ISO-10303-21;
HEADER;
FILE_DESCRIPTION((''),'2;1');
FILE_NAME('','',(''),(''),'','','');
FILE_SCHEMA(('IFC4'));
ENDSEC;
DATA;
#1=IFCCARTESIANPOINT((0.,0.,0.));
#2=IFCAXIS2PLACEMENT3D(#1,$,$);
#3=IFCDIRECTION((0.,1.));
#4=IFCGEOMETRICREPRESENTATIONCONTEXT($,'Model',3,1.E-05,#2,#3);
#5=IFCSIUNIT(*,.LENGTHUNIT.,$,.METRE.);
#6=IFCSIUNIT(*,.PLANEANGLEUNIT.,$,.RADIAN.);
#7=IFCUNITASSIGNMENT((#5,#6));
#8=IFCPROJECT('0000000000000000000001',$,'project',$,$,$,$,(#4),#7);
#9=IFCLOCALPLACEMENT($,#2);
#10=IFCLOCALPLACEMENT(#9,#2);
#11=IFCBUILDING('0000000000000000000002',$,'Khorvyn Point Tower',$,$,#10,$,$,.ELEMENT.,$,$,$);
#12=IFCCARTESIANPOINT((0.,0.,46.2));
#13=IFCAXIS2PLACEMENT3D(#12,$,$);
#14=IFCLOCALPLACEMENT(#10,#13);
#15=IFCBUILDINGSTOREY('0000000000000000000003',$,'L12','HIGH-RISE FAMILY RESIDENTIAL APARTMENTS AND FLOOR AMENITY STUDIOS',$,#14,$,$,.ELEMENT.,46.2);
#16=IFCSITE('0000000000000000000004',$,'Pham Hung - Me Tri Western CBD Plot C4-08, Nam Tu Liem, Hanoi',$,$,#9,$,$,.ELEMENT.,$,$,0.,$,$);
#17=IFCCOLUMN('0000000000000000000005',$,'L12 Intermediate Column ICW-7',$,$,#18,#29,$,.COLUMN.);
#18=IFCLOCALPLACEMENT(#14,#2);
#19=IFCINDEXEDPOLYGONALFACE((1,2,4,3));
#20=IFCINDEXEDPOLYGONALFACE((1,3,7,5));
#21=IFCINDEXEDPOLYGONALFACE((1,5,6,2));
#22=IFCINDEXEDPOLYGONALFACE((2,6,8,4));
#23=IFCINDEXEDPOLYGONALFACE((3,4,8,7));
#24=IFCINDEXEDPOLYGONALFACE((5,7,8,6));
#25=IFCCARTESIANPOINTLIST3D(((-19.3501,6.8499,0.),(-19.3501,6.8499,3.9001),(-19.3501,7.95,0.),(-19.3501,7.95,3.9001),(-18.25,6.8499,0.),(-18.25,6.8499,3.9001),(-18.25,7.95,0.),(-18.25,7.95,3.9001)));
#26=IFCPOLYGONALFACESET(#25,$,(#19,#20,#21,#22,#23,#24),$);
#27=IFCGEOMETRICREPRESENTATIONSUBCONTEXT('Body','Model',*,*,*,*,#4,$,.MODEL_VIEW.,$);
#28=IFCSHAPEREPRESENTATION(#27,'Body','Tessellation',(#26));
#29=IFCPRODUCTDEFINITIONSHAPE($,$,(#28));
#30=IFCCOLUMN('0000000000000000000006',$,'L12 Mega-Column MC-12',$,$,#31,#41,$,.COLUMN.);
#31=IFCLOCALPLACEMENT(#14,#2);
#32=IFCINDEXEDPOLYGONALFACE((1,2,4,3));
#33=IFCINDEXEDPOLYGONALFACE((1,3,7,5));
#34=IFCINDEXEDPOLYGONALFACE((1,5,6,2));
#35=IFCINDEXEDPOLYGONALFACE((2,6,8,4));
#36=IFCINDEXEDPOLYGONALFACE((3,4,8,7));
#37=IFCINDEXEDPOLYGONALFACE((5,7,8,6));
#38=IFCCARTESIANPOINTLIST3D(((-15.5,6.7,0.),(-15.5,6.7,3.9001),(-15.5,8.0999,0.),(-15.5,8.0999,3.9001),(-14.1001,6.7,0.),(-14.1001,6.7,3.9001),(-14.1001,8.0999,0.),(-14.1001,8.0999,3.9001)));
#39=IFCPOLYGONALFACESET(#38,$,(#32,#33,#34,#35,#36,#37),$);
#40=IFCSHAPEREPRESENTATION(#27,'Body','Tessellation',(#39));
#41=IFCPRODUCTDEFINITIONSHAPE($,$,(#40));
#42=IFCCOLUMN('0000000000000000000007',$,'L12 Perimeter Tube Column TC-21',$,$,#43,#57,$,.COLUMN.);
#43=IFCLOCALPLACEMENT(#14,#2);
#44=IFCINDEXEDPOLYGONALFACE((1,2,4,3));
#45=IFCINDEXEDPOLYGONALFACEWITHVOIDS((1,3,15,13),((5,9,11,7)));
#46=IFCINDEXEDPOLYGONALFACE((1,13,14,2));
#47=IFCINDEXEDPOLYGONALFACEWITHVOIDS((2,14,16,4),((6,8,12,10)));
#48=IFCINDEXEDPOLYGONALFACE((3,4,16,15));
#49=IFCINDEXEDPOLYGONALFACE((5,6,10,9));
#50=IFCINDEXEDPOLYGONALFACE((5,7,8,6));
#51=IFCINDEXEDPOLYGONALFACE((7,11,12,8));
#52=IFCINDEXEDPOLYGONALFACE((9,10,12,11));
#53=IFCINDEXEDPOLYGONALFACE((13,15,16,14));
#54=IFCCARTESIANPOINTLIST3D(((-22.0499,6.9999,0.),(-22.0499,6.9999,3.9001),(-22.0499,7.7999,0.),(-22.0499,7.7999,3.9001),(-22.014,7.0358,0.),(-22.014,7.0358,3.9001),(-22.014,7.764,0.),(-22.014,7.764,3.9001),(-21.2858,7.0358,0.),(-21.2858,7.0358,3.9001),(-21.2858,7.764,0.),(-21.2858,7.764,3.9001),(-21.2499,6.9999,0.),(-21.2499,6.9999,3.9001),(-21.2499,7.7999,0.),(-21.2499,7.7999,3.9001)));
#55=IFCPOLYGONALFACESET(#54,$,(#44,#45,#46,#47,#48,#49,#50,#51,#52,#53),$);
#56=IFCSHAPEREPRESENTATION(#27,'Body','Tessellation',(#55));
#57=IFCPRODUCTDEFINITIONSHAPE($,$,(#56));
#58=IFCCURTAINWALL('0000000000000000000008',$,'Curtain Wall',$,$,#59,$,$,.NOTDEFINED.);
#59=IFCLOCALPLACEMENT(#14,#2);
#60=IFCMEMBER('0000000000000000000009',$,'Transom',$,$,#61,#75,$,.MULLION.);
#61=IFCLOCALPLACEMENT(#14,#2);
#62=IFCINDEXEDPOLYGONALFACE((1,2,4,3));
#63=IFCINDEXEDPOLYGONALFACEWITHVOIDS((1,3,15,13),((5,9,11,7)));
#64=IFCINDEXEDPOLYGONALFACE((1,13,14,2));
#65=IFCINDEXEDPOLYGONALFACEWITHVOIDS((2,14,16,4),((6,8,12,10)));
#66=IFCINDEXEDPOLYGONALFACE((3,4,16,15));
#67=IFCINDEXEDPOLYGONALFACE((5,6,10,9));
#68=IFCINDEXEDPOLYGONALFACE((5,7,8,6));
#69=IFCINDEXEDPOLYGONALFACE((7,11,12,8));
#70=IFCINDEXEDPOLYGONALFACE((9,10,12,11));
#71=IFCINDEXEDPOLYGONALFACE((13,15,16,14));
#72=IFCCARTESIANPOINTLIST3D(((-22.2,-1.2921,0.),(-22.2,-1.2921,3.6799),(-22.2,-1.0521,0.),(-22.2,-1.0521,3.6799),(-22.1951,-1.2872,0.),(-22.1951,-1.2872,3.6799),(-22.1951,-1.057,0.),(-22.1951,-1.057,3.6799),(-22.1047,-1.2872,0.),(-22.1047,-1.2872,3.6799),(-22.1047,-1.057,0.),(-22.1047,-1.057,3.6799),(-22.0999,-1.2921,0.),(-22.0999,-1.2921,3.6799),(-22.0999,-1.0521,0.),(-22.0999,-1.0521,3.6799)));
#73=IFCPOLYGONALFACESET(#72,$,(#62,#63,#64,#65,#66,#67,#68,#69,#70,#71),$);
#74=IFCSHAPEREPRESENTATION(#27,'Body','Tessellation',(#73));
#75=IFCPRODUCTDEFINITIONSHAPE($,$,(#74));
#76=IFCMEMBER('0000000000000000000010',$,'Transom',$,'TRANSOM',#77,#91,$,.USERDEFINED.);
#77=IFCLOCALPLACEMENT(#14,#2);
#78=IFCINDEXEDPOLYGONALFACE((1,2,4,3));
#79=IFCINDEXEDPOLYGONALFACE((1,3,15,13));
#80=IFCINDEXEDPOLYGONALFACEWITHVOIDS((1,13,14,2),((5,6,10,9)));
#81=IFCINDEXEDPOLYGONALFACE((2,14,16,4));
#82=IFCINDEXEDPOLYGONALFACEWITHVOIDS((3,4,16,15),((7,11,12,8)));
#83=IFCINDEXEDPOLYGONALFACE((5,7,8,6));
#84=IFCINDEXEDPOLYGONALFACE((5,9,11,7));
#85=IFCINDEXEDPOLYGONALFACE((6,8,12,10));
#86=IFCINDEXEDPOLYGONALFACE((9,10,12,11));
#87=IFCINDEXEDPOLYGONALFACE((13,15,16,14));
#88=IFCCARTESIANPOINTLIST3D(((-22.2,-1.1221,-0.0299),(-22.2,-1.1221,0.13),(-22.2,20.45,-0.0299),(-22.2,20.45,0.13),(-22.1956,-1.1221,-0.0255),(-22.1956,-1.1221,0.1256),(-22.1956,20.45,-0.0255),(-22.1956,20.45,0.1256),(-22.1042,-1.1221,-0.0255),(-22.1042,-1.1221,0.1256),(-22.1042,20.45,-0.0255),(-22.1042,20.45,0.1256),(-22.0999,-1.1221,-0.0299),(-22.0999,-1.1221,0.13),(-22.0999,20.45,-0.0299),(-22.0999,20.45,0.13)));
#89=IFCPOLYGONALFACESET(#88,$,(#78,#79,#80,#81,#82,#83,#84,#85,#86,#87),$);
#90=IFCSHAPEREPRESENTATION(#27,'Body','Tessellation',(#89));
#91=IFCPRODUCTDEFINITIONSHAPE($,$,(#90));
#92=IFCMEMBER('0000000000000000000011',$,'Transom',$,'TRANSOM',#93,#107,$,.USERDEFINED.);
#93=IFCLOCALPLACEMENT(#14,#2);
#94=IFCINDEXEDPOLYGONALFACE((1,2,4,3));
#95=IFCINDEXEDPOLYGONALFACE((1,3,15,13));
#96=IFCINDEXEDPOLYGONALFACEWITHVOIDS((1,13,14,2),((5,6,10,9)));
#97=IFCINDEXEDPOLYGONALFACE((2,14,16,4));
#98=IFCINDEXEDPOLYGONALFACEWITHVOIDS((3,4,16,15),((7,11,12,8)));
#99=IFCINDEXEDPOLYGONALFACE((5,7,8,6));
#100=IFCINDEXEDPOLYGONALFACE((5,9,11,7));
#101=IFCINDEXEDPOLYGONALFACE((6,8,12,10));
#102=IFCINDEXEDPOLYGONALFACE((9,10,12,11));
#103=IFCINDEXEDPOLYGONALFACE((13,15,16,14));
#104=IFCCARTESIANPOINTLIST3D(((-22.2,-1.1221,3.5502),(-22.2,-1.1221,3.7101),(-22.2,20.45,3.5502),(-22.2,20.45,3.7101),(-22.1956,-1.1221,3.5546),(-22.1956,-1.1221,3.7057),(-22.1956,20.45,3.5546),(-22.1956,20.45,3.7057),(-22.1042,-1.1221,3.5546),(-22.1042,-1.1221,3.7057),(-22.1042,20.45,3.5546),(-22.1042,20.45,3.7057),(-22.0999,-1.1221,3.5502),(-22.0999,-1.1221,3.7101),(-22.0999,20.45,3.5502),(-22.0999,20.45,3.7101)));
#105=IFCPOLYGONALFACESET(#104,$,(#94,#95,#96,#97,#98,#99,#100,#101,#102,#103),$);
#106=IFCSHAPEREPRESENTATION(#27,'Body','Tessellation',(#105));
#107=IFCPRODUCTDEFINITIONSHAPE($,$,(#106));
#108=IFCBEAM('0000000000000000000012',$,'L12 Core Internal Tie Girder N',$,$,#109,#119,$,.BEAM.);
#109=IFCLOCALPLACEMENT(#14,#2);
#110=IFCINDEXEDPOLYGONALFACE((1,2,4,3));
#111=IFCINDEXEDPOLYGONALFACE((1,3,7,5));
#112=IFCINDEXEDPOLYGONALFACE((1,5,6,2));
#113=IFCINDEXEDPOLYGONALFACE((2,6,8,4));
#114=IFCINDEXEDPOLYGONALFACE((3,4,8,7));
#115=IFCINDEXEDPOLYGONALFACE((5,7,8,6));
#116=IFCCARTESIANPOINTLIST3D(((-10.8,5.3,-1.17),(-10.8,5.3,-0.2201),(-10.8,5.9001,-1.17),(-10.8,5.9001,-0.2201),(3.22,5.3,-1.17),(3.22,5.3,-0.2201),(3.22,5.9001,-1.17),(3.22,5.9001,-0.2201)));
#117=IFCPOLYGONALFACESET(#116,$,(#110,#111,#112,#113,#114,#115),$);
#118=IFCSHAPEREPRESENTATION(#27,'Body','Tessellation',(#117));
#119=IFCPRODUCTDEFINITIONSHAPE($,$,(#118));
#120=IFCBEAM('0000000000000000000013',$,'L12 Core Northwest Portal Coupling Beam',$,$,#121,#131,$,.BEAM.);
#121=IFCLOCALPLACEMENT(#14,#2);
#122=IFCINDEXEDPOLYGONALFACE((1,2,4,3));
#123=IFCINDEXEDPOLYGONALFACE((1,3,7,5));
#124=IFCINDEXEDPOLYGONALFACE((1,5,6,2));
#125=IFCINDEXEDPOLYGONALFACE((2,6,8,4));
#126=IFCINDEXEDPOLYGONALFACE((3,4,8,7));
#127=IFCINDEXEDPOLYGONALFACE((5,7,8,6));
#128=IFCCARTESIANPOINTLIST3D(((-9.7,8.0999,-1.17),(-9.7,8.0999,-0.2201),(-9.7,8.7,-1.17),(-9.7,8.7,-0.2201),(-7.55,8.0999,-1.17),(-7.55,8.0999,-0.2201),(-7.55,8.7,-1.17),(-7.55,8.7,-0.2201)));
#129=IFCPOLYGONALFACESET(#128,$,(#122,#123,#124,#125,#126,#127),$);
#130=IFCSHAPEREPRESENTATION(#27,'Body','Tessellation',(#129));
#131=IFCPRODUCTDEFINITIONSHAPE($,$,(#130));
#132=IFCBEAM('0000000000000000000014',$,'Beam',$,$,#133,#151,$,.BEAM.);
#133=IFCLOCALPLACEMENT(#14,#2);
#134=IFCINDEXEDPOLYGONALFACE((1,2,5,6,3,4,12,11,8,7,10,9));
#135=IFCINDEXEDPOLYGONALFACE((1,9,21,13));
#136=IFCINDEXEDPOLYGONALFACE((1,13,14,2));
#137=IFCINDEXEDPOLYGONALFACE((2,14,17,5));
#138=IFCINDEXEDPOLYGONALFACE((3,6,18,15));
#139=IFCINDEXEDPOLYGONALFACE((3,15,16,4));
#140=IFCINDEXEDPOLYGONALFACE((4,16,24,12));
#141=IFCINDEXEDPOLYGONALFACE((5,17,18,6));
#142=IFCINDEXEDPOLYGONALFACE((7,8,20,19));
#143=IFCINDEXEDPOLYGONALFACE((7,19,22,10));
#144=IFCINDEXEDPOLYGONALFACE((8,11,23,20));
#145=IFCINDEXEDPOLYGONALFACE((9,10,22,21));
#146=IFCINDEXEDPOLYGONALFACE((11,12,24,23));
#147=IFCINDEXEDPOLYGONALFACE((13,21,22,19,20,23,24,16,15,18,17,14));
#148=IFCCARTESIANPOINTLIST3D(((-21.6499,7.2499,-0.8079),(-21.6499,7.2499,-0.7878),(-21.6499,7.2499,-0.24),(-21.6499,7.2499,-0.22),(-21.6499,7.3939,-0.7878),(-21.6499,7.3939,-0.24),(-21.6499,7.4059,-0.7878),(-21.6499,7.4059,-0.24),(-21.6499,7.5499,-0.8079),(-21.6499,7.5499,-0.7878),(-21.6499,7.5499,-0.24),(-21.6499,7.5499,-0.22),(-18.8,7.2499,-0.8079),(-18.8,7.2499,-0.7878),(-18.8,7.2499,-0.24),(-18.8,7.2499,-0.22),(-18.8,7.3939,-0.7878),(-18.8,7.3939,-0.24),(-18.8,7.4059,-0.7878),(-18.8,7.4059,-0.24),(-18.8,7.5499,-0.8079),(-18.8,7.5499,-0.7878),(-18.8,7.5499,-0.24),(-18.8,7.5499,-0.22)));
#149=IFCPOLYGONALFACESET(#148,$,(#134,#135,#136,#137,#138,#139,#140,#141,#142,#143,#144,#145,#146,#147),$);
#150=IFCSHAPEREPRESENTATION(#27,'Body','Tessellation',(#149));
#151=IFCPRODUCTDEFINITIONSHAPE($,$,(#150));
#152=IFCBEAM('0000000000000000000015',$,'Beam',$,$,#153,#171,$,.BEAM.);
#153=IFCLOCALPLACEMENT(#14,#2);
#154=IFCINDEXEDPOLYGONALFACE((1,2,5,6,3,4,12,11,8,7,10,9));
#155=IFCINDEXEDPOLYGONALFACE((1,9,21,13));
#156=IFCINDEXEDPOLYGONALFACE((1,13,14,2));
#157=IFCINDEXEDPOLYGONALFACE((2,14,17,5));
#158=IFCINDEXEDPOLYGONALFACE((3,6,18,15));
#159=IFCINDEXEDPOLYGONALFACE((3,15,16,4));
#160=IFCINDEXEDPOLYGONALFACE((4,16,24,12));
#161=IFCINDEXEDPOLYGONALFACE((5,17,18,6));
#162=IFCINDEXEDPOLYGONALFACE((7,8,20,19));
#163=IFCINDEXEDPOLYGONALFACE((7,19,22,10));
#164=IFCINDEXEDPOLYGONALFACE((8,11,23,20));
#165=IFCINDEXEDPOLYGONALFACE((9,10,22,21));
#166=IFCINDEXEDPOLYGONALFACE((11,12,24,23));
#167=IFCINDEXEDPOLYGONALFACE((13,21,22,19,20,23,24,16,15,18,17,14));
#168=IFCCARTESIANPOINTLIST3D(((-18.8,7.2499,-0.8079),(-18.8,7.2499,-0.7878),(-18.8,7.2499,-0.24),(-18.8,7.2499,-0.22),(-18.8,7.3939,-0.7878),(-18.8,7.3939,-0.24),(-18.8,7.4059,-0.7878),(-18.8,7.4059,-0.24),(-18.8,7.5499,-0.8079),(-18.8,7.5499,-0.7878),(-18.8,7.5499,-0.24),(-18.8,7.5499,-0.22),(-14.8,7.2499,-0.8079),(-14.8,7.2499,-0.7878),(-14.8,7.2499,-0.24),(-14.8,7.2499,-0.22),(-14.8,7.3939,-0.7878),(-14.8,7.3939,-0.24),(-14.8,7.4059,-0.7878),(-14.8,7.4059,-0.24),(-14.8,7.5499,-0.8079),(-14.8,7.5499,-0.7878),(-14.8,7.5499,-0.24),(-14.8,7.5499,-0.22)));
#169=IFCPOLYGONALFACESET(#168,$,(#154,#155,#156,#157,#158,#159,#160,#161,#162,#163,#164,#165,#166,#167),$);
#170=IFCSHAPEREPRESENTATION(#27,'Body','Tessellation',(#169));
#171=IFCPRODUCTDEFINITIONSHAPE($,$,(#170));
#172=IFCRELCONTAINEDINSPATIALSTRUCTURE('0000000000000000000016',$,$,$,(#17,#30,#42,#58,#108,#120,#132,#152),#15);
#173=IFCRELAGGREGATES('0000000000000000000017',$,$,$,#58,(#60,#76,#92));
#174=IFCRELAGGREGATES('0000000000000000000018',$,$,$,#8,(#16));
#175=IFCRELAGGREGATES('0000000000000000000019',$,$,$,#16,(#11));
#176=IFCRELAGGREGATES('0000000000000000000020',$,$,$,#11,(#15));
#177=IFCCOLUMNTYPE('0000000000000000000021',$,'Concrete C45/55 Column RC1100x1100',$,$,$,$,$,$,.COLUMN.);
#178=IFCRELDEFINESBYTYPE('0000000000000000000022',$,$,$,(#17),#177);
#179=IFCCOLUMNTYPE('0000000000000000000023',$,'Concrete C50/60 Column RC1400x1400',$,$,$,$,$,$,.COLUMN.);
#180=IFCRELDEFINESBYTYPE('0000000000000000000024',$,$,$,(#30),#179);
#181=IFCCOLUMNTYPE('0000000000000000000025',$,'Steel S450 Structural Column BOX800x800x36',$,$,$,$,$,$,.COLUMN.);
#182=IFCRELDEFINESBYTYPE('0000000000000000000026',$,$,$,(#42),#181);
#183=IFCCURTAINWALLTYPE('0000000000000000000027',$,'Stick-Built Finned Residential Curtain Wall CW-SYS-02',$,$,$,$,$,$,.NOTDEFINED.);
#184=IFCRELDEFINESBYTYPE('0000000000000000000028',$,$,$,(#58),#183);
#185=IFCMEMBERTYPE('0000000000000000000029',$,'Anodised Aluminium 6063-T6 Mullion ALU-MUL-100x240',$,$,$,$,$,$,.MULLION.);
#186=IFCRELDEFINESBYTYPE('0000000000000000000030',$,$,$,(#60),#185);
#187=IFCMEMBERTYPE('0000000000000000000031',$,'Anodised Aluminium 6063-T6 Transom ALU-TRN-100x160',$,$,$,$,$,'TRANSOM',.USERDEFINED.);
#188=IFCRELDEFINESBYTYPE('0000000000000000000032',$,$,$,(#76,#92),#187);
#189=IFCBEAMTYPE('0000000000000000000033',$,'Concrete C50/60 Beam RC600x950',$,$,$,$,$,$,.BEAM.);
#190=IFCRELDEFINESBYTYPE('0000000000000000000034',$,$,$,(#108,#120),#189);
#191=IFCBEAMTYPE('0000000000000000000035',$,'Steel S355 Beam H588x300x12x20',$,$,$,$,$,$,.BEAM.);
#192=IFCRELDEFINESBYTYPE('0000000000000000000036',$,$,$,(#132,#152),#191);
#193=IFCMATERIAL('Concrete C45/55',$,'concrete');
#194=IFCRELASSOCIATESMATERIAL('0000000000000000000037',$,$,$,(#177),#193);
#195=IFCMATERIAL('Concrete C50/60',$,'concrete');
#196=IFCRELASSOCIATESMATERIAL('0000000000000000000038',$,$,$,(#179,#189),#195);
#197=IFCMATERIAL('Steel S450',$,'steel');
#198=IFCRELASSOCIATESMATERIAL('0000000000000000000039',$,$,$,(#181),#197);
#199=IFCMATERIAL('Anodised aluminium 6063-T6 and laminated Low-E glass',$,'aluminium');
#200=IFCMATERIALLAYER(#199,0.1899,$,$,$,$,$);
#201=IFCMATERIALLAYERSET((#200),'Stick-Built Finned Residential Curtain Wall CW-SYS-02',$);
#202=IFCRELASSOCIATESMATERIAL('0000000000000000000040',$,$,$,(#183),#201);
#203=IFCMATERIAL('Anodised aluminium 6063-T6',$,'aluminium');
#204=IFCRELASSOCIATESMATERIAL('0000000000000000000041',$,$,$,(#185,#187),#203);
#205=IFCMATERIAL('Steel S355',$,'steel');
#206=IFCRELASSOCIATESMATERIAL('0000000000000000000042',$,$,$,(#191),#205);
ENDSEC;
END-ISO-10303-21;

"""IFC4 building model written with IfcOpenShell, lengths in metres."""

from ifc_helpers import new_model, si_unit, direction, frame, origin, origin_2d, place, context, subcontext, project, spatial, rectangle, hollow_rectangle, i_section, extrude, material, layer, layer_set, material_profile, profile_set, type_object, element, aggregate, save


model = new_model("IFC4")

# Units and contexts
model_context = context("Model", 3, precision=1e-05, world=origin(), true_north=direction((0.0, 1.0)))
body_context = subcontext(model_context, "Body", "Model", "MODEL_VIEW")
ifc_project = project(units=[si_unit("LENGTHUNIT", "METRE"), si_unit("PLANEANGLEUNIT", "RADIAN")], contexts=[model_context])

# Site, building, storey
site_placement = place(None, origin())
site = spatial("IfcSite", under=ifc_project, at=site_placement, Name="Pham Hung - Me Tri Western CBD Plot C4-08, Nam Tu Liem, Hanoi", CompositionType="ELEMENT", RefElevation=0.0)
building_placement = place(site_placement, origin())
building = spatial("IfcBuilding", under=site, at=building_placement, Name="Khorvyn Point Tower", CompositionType="ELEMENT")
storey_placement = place(building_placement, frame((0.0, 0.0, 46.2)))
storey = spatial("IfcBuildingStorey", under=building, at=storey_placement, Name="L12", Description="HIGH-RISE FAMILY RESIDENTIAL APARTMENTS AND FLOOR AMENITY STUDIOS", CompositionType="ELEMENT", Elevation=46.2)

# Columns
ifc_material_1 = material(Name="Concrete C45/55", Category="concrete")
ifc_material_profile_1 = material_profile(ifc_material_1, rectangle(XDim=1.1001, YDim=1.1001, at=origin_2d()))
ifc_profile_set_1 = profile_set([ifc_material_profile_1], Name="Concrete C45/55 RC1100x1100")
column_type_1 = type_object("IfcColumnType", Name="Concrete C45/55 Column RC1100x1100", PredefinedType="COLUMN", material=ifc_profile_set_1)
column_1_placement = place(storey_placement, frame((-18.8, 7.3999, 0.0), z_axis=(0.0, 0.0, 1.0), x_axis=(1.0, 0.0, 0.0)))
element("IfcColumn", 1, at=column_1_placement, inside=storey, type_object=column_type_1, Name="L12 Intermediate Column ICW-7", PredefinedType="COLUMN", context=body_context, shape_type="SweptSolid", body=[
    extrude(rectangle(XDim=1.1001, YDim=1.1001, at=origin_2d()), origin(), (0.0, 0.0, 1.0), 3.9001),
])
ifc_material_2 = material(Name="Concrete C50/60", Category="concrete")
ifc_material_profile_2 = material_profile(ifc_material_2, rectangle(XDim=1.3999, YDim=1.3999, at=origin_2d()))
ifc_profile_set_2 = profile_set([ifc_material_profile_2], Name="Concrete C50/60 RC1400x1400")
column_type_2 = type_object("IfcColumnType", Name="Concrete C50/60 Column RC1400x1400", PredefinedType="COLUMN", material=ifc_profile_set_2)
column_2_placement = place(storey_placement, frame((-14.8, 7.3999, 0.0), z_axis=(0.0, 0.0, 1.0), x_axis=(1.0, 0.0, 0.0)))
element("IfcColumn", 2, at=column_2_placement, inside=storey, type_object=column_type_2, Name="L12 Mega-Column MC-12", PredefinedType="COLUMN", context=body_context, shape_type="SweptSolid", body=[
    extrude(rectangle(XDim=1.3999, YDim=1.3999, at=origin_2d()), origin(), (0.0, 0.0, 1.0), 3.9001),
])
ifc_material_3 = material(Name="Steel S450", Category="steel")
ifc_material_profile_3 = material_profile(ifc_material_3, hollow_rectangle(XDim=0.8, YDim=0.8, WallThickness=0.0359, at=origin_2d()))
ifc_profile_set_3 = profile_set([ifc_material_profile_3], Name="Steel S450 BOX800x800x36")
column_type_3 = type_object("IfcColumnType", Name="Steel S450 Structural Column BOX800x800x36", PredefinedType="COLUMN", material=ifc_profile_set_3)
column_3_placement = place(storey_placement, frame((-21.6499, 7.3999, 0.0), z_axis=(0.0, 0.0, 1.0), x_axis=(1.0, 0.0, 0.0)))
element("IfcColumn", 3, at=column_3_placement, inside=storey, type_object=column_type_3, Name="L12 Perimeter Tube Column TC-21", PredefinedType="COLUMN", context=body_context, shape_type="SweptSolid", body=[
    extrude(hollow_rectangle(XDim=0.8, YDim=0.8, WallThickness=0.0359, at=origin_2d()), origin(), (0.0, 0.0, 1.0), 3.9001),
])

# Curtain wall, members
ifc_material_4 = material(Name="Anodised aluminium 6063-T6 and laminated Low-E glass", Category="aluminium")
ifc_layer_1 = layer(ifc_material_4, 0.1899)
ifc_layer_set_1 = layer_set([ifc_layer_1], Name="Stick-Built Finned Residential Curtain Wall CW-SYS-02")
curtain_wall_type = type_object("IfcCurtainWallType", Name="Stick-Built Finned Residential Curtain Wall CW-SYS-02", PredefinedType="NOTDEFINED", material=ifc_layer_set_1)
curtain_wall_placement = place(storey_placement, origin())
curtain_wall = element("IfcCurtainWall", 4, at=curtain_wall_placement, inside=storey, type_object=curtain_wall_type, Name="Curtain Wall", PredefinedType="NOTDEFINED")
ifc_material_5 = material(Name="Anodised aluminium 6063-T6", Category="aluminium")
ifc_material_profile_4 = material_profile(ifc_material_5, hollow_rectangle(XDim=0.1001, YDim=0.24, WallThickness=0.0049, at=origin_2d()))
ifc_profile_set_4 = profile_set([ifc_material_profile_4], Name="Anodised aluminium 6063-T6 ALU-MUL-100x240")
member_type_1 = type_object("IfcMemberType", Name="Anodised Aluminium 6063-T6 Mullion ALU-MUL-100x240", PredefinedType="MULLION", material=ifc_profile_set_4)
member_1_placement = place(storey_placement, frame((-22.1499, -1.1721, 0.0), z_axis=(0.0, 0.0, 1.0), x_axis=(-1.0, 0.0, 0.0)))
member_1 = element("IfcMember", 5, at=member_1_placement, type_object=member_type_1, Name="Transom", PredefinedType="MULLION", context=body_context, shape_type="SweptSolid", body=[
    extrude(hollow_rectangle(XDim=0.1001, YDim=0.24, WallThickness=0.0049, at=origin_2d()), origin(), (0.0, 0.0, 1.0), 3.6799),
])
ifc_material_profile_5 = material_profile(ifc_material_5, hollow_rectangle(XDim=0.1001, YDim=0.1599, WallThickness=0.0044, at=origin_2d()))
ifc_profile_set_5 = profile_set([ifc_material_profile_5], Name="Anodised aluminium 6063-T6 ALU-TRN-100x160")
member_type_2 = type_object("IfcMemberType", Name="Anodised Aluminium 6063-T6 Transom ALU-TRN-100x160", ElementType="TRANSOM", PredefinedType="USERDEFINED", material=ifc_profile_set_5)
member_2_placement = place(storey_placement, frame((-22.1499, -1.1221, 0.05), z_axis=(0.0, 1.0, 0.0), x_axis=(-1.0, 0.0, 0.0)))
member_2 = element("IfcMember", 6, at=member_2_placement, type_object=member_type_2, Name="Transom", ObjectType="TRANSOM", PredefinedType="USERDEFINED", context=body_context, shape_type="SweptSolid", body=[
    extrude(hollow_rectangle(XDim=0.1001, YDim=0.1599, WallThickness=0.0044, at=origin_2d()), origin(), (0.0, 0.0, 1.0), 21.572),
])
member_3_placement = place(storey_placement, frame((-22.1499, -1.1221, 3.6301), z_axis=(0.0, 1.0, 0.0), x_axis=(-1.0, 0.0, 0.0)))
member_3 = element("IfcMember", 7, at=member_3_placement, type_object=member_type_2, Name="Transom", ObjectType="TRANSOM", PredefinedType="USERDEFINED", context=body_context, shape_type="SweptSolid", body=[
    extrude(hollow_rectangle(XDim=0.1001, YDim=0.1599, WallThickness=0.0044, at=origin_2d()), origin(), (0.0, 0.0, 1.0), 21.572),
])

# Beams
ifc_material_profile_6 = material_profile(ifc_material_2, rectangle(XDim=0.6001, YDim=0.95, at=origin_2d()))
ifc_profile_set_6 = profile_set([ifc_material_profile_6], Name="Concrete C50/60 RC600x950")
beam_type_1 = type_object("IfcBeamType", Name="Concrete C50/60 Beam RC600x950", PredefinedType="BEAM", material=ifc_profile_set_6)
beam_1_placement = place(storey_placement, frame((-10.8, 5.6001, -0.6951), z_axis=(1.0, 0.0, 0.0), x_axis=(0.0, 1.0, 0.0)))
element("IfcBeam", 8, at=beam_1_placement, inside=storey, type_object=beam_type_1, Name="L12 Core Internal Tie Girder N", PredefinedType="BEAM", context=body_context, shape_type="SweptSolid", body=[
    extrude(rectangle(XDim=0.6001, YDim=0.95, at=origin_2d()), origin(), (0.0, 0.0, 1.0), 14.02),
])
beam_2_placement = place(storey_placement, frame((-9.7, 8.3999, -0.6951), z_axis=(1.0, 0.0, 0.0), x_axis=(0.0, 1.0, 0.0)))
element("IfcBeam", 9, at=beam_2_placement, inside=storey, type_object=beam_type_1, Name="L12 Core Northwest Portal Coupling Beam", PredefinedType="BEAM", context=body_context, shape_type="SweptSolid", body=[
    extrude(rectangle(XDim=0.6001, YDim=0.95, at=origin_2d()), origin(), (0.0, 0.0, 1.0), 2.1499),
])
ifc_material_6 = material(Name="Steel S355", Category="steel")
ifc_material_profile_7 = material_profile(ifc_material_6, i_section(OverallWidth=0.3, OverallDepth=0.5879, WebThickness=0.012, FlangeThickness=0.02, at=origin_2d()))
ifc_profile_set_7 = profile_set([ifc_material_profile_7], Name="Steel S355 H588x300x12x20")
beam_type_2 = type_object("IfcBeamType", Name="Steel S355 Beam H588x300x12x20", PredefinedType="BEAM", material=ifc_profile_set_7)
beam_3_placement = place(storey_placement, frame((-21.6499, 7.3999, -0.5139), z_axis=(1.0, 0.0, 0.0), x_axis=(0.0, 1.0, 0.0)))
element("IfcBeam", 10, at=beam_3_placement, inside=storey, type_object=beam_type_2, Name="Beam", PredefinedType="BEAM", context=body_context, shape_type="SweptSolid", body=[
    extrude(i_section(OverallWidth=0.3, OverallDepth=0.5879, WebThickness=0.012, FlangeThickness=0.02, at=origin_2d()), origin(), (0.0, 0.0, 1.0), 2.8499),
])
for number, where, z_axis, x_axis, name in (
    (11, (-18.8, 7.3999, -0.5139), (1.0, 0.0, 0.0), (0.0, 1.0, 0.0), "Beam"),
):
    element("IfcBeam", number, at=place(storey_placement, frame(where, z_axis=z_axis, x_axis=x_axis)), inside=storey, type_object=beam_type_2, Name=name, PredefinedType="BEAM", context=body_context, shape_type="SweptSolid", body=[
        extrude(i_section(OverallWidth=0.3, OverallDepth=0.5879, WebThickness=0.012, FlangeThickness=0.02, at=origin_2d()), origin(), (0.0, 0.0, 1.0), 4.0),
    ])

aggregate(curtain_wall, [member_1, member_2, member_3])

save(model, "model.ifc")
